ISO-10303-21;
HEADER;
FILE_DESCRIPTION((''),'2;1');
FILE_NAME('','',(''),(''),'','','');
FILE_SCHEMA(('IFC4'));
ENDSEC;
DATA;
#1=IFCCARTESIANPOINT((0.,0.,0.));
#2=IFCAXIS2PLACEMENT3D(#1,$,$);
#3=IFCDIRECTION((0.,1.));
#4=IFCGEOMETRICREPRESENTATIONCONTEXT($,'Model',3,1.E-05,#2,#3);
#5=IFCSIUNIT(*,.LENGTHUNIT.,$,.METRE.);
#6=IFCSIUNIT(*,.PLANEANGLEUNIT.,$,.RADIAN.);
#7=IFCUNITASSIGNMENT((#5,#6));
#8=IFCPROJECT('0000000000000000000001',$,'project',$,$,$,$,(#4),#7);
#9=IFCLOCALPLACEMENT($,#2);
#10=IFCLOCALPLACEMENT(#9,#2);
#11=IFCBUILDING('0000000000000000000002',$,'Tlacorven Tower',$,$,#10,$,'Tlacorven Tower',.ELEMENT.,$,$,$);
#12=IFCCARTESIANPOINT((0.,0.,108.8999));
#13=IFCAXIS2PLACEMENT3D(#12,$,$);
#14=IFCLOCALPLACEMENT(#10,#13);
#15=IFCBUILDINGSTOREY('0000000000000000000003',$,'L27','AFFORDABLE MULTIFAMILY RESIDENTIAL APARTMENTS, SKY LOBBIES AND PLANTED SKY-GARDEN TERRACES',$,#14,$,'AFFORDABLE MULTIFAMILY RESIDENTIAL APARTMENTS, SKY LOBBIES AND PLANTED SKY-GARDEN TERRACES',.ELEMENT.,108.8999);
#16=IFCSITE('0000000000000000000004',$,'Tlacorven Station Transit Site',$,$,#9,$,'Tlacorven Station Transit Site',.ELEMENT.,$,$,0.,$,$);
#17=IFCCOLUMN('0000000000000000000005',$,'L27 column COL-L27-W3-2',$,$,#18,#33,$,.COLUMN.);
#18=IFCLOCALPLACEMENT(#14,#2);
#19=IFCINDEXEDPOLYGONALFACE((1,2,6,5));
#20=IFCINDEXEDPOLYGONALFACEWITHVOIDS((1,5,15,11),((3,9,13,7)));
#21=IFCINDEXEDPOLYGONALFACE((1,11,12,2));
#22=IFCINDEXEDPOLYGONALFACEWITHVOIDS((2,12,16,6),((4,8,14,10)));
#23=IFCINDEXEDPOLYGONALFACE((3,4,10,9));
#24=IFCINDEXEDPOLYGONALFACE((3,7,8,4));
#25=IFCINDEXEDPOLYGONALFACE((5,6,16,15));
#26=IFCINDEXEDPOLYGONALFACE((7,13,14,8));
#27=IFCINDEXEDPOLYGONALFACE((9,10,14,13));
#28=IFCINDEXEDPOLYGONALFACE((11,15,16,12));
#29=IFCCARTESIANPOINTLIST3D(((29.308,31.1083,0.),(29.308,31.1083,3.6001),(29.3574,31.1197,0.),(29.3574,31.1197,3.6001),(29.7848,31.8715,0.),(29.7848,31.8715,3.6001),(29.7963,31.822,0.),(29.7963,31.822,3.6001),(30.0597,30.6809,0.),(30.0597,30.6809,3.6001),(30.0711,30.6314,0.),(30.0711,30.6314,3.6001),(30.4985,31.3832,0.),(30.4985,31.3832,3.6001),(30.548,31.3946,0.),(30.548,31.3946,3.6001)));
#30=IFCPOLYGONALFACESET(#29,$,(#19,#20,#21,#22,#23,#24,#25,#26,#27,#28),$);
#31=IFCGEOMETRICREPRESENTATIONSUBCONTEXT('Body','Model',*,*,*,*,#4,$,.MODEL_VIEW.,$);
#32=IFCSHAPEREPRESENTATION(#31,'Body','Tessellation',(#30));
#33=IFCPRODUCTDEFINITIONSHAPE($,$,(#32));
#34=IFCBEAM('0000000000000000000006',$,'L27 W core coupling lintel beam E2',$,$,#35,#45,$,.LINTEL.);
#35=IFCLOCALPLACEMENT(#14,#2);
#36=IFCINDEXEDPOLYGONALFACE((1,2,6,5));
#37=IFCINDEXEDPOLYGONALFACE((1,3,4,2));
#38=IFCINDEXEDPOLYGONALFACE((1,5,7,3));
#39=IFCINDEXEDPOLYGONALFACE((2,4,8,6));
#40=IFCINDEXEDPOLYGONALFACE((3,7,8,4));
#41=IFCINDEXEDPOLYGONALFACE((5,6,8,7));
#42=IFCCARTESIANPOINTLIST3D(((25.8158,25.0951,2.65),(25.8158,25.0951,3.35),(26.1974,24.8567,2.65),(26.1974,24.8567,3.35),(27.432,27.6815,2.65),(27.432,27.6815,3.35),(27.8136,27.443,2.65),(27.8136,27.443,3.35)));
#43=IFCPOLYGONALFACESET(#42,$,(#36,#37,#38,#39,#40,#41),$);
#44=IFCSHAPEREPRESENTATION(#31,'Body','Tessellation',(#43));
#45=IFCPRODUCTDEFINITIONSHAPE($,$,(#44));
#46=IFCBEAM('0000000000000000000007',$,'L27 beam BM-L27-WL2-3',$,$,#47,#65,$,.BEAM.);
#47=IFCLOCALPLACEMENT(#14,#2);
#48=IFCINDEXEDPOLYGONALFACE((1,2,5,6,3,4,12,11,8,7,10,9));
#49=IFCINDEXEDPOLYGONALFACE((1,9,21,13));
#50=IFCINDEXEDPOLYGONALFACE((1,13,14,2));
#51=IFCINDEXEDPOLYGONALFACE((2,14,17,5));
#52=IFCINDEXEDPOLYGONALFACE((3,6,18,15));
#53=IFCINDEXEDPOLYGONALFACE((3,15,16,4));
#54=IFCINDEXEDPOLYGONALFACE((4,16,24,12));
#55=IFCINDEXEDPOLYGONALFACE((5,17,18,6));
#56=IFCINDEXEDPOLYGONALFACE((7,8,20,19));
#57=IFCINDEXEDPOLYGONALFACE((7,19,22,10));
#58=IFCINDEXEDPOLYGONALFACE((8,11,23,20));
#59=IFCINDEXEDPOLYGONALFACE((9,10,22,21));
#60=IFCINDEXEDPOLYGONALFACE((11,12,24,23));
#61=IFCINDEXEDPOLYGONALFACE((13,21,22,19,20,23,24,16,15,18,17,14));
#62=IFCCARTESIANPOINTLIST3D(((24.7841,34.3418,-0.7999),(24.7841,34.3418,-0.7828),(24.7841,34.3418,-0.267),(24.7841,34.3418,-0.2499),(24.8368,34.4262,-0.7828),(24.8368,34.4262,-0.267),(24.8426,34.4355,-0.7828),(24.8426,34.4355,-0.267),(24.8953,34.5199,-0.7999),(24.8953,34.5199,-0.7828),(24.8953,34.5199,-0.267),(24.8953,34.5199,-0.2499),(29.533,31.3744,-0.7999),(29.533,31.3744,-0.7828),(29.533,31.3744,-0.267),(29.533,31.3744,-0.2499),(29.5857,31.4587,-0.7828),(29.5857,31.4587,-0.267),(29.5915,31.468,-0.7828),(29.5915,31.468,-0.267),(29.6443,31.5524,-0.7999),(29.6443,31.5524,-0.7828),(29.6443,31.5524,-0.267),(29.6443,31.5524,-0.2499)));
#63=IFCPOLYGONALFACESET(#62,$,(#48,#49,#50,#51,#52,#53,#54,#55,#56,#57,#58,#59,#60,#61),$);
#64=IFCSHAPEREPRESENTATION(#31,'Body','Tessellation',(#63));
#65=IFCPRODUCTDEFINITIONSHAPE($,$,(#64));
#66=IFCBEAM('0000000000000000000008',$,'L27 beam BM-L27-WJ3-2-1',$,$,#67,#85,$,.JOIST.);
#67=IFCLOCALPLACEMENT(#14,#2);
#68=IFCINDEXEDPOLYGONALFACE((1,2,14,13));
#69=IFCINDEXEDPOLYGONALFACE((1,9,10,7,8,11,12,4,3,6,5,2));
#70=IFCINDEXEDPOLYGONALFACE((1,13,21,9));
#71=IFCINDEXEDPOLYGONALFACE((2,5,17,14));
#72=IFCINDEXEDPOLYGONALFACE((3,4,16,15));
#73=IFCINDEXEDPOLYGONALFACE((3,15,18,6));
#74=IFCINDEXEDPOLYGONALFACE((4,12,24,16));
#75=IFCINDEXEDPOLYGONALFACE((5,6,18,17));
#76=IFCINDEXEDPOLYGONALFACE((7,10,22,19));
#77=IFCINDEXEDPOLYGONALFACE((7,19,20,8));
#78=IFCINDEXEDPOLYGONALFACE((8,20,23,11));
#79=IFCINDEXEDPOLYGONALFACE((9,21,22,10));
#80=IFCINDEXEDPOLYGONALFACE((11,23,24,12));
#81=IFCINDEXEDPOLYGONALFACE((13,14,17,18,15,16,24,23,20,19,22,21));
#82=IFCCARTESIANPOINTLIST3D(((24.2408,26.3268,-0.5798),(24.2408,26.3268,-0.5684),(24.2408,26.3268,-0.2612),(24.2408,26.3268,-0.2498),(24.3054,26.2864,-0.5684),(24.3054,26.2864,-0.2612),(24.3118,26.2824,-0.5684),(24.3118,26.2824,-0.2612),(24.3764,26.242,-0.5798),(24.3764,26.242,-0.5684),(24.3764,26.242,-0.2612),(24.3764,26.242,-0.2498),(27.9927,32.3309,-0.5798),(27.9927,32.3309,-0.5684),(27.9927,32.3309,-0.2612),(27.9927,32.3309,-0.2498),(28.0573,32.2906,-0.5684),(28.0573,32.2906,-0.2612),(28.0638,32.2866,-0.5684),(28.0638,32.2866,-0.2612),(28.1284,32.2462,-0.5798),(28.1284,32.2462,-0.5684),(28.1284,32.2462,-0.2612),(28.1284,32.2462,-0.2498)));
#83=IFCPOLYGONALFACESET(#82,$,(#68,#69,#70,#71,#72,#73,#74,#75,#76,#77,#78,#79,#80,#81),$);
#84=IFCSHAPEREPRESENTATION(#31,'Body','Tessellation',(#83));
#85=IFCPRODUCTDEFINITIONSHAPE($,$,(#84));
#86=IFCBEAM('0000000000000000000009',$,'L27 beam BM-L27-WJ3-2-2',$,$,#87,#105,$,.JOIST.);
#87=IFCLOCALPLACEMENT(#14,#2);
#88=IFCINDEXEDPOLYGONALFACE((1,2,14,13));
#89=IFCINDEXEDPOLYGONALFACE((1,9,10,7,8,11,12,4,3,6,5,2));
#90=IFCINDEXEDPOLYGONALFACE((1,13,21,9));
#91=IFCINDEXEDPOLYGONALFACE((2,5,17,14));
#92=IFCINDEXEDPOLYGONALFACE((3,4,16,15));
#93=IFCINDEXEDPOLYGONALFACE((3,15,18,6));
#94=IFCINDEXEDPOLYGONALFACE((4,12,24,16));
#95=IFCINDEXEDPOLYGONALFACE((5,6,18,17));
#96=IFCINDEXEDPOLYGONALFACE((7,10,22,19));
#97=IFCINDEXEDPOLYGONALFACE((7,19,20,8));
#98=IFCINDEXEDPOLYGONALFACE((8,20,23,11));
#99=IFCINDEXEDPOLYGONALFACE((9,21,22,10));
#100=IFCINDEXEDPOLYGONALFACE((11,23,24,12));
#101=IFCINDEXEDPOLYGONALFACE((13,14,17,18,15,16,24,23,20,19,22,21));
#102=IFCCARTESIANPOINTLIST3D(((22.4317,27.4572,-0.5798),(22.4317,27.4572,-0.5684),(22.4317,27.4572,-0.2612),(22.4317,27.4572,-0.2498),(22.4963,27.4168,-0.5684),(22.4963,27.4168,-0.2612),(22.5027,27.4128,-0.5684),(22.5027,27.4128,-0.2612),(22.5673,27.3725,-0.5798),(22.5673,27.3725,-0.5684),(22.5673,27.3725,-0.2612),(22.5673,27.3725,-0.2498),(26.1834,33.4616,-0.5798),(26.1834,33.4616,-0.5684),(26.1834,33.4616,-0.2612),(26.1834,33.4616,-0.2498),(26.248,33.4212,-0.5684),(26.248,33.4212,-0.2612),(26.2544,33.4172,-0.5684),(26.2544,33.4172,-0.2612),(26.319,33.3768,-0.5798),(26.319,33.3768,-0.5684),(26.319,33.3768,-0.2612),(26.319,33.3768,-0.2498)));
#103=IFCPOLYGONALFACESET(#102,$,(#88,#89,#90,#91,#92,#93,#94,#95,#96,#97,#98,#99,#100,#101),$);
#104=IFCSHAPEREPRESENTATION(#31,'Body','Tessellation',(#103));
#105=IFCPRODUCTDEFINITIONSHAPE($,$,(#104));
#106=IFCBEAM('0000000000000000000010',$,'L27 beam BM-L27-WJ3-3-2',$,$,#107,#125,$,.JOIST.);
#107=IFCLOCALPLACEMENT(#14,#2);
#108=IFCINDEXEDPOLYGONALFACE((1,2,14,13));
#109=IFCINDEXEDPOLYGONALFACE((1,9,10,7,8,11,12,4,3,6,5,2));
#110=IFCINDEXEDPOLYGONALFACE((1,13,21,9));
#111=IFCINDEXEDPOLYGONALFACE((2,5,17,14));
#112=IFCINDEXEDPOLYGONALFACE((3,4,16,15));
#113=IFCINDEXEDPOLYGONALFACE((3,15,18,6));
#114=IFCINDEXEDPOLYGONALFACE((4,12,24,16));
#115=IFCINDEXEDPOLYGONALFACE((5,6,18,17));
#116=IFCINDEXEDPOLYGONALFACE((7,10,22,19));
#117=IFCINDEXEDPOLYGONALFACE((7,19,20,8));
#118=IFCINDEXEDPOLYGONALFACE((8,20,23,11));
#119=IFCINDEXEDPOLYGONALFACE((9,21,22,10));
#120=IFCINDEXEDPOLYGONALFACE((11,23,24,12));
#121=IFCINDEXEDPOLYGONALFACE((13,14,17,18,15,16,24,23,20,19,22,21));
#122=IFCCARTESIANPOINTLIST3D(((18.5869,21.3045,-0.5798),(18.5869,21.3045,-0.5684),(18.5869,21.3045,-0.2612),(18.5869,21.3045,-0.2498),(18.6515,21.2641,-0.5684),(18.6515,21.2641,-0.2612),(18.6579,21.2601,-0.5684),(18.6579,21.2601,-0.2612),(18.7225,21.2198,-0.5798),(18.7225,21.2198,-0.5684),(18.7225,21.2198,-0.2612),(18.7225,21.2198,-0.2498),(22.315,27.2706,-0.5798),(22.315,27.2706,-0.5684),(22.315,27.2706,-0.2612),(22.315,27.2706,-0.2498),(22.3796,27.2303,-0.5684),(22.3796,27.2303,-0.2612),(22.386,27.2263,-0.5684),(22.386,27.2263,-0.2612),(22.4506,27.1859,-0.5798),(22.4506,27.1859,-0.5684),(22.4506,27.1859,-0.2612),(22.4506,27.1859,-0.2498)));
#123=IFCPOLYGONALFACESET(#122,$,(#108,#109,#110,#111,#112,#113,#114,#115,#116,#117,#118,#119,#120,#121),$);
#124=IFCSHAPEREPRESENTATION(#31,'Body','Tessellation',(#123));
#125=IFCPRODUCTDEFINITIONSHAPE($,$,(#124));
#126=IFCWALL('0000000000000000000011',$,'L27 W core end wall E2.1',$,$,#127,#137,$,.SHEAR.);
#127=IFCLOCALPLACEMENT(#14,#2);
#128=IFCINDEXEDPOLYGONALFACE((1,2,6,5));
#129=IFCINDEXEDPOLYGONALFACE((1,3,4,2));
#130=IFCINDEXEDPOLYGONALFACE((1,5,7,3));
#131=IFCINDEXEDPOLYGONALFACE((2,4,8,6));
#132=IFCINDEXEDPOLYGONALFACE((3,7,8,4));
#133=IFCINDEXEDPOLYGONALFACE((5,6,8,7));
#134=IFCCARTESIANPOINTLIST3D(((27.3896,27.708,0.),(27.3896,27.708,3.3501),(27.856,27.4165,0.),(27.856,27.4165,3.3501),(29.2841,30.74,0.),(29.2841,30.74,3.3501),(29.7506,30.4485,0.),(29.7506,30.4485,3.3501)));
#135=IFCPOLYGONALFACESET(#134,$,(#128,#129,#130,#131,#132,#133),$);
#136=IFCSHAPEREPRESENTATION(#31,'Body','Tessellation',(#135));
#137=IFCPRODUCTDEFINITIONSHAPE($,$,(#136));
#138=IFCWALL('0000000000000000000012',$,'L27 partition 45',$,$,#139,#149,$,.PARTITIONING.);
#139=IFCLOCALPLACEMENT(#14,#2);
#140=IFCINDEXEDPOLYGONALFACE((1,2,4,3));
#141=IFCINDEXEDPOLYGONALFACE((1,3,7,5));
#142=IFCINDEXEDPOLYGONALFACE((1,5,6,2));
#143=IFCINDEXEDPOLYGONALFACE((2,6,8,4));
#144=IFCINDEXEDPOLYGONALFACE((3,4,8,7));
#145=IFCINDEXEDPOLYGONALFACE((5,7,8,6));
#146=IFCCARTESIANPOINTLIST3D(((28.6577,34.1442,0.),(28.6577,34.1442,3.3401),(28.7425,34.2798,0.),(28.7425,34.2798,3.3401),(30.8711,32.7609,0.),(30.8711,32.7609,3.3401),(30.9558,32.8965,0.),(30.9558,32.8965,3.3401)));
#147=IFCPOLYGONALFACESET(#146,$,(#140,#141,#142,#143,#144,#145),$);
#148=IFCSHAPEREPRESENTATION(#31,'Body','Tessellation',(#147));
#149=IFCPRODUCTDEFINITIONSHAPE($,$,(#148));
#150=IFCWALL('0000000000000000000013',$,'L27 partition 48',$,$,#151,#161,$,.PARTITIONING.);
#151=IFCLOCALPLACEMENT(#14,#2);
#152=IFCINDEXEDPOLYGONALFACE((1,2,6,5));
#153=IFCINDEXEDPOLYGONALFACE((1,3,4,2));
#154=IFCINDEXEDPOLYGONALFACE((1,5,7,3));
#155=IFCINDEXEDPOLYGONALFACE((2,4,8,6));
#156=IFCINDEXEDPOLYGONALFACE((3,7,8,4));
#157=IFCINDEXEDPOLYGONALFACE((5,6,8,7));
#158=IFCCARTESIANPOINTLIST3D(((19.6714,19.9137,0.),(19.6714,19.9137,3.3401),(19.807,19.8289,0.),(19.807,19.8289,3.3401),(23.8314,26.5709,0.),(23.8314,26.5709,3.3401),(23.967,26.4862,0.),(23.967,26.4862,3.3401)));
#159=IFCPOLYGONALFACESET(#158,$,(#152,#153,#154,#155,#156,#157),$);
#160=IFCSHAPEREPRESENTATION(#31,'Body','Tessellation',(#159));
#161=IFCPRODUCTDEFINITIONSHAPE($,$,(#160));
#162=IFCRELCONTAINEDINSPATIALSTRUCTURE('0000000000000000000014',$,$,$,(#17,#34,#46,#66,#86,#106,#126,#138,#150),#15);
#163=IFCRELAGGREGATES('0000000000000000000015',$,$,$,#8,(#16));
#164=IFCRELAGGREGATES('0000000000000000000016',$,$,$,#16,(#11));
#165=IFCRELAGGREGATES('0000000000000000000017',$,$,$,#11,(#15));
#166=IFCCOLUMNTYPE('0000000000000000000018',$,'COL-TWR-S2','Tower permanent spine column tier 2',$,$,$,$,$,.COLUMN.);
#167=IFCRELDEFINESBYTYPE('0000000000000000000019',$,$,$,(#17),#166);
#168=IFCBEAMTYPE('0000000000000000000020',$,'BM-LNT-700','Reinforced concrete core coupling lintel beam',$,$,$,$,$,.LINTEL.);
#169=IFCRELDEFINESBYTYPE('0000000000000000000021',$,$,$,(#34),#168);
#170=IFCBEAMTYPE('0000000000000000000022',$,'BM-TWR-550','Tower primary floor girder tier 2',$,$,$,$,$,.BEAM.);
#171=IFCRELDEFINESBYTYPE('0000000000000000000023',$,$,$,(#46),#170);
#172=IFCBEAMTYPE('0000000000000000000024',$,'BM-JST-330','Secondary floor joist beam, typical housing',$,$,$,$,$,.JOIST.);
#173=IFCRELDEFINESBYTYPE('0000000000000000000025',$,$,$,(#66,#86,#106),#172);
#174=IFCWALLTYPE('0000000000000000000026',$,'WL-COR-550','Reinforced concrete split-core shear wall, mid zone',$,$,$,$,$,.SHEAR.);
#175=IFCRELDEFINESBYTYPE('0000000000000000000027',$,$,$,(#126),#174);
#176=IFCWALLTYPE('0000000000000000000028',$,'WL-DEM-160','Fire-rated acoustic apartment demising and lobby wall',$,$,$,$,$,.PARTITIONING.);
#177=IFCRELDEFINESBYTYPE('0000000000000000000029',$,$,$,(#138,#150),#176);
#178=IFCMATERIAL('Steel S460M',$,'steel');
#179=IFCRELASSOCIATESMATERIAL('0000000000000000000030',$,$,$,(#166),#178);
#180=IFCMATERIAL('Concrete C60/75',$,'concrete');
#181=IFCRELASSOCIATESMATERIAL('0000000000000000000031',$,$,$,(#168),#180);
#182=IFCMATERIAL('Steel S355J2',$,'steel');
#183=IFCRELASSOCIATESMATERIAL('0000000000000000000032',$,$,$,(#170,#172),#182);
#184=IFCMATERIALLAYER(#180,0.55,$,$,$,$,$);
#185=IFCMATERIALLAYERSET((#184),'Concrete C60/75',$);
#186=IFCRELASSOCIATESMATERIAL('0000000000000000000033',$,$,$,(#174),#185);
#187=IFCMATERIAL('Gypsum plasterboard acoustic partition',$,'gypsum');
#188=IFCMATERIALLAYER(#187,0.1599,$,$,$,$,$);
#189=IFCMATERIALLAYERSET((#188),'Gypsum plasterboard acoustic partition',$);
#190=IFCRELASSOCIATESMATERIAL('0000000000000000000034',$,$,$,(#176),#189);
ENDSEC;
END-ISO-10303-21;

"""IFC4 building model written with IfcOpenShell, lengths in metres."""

from ifc_helpers import new_model, si_unit, direction, frame, frame_2d, origin, origin_2d, place, context, subcontext, project, spatial, rectangle, hollow_rectangle, i_section, extrude, source, transform, mapped, material, layer, layer_set, material_profile, profile_set, type_object, element, save


model = new_model("IFC4")

# Units and contexts
model_context = context("Model", 3, precision=1e-05, world=origin(), true_north=direction((0.0, 1.0)))
body_context = subcontext(model_context, "Body", "Model", "MODEL_VIEW")
ifc_project = project(units=[si_unit("LENGTHUNIT", "METRE"), si_unit("PLANEANGLEUNIT", "RADIAN")], contexts=[model_context])

# Site, building, storey
site_placement = place(None, origin())
site = spatial("IfcSite", under=ifc_project, at=site_placement, Name="Tlacorven Station Transit Site", LongName="Tlacorven Station Transit Site", CompositionType="ELEMENT", RefElevation=0.0)
building_placement = place(site_placement, origin())
building = spatial("IfcBuilding", under=site, at=building_placement, Name="Tlacorven Tower", LongName="Tlacorven Tower", CompositionType="ELEMENT")
storey_placement = place(building_placement, frame((0.0, 0.0, 108.8999)))
storey = spatial("IfcBuildingStorey", under=building, at=storey_placement, Name="L27", Description="AFFORDABLE MULTIFAMILY RESIDENTIAL APARTMENTS, SKY LOBBIES AND PLANTED SKY-GARDEN TERRACES", LongName="AFFORDABLE MULTIFAMILY RESIDENTIAL APARTMENTS, SKY LOBBIES AND PLANTED SKY-GARDEN TERRACES", CompositionType="ELEMENT", Elevation=108.8999)

# Column
ifc_material_1 = material(Name="Steel S460M", Category="steel")
ifc_material_profile_1 = material_profile(ifc_material_1, hollow_rectangle(XDim=0.8999, YDim=0.8999, WallThickness=0.0359, at=origin_2d()), Name="BOX 900X900X36")
ifc_profile_set_1 = profile_set([ifc_material_profile_1], Name="Steel S460M")
column_type = type_object("IfcColumnType", Name="COL-TWR-S2", Description="Tower permanent spine column tier 2", PredefinedType="COLUMN", material=ifc_profile_set_1)
shared_shape_1 = source(origin(), body_context, "Body", "SweptSolid", [
    extrude(hollow_rectangle(XDim=0.8999, YDim=0.8999, WallThickness=0.0359, at=origin_2d()), origin(), (0.0, 0.0, 1.0), 3.6001),
])
column_placement = place(storey_placement, frame((29.928, 31.2515, 0.0), z_axis=(0.0, 0.0, 1.0), x_axis=(-0.848048, 0.529919, 0.0)))
element("IfcColumn", 1, at=column_placement, inside=storey, type_object=column_type, Name="L27 column COL-L27-W3-2", PredefinedType="COLUMN", context=body_context, shape_type="MappedRepresentation", body=[
    mapped(shared_shape_1, transform((0.0, 0.0, 0.0), scale=1.0)),
])

# Beams
ifc_material_2 = material(Name="Concrete C60/75", Category="concrete")
ifc_material_profile_2 = material_profile(ifc_material_2, rectangle(XDim=0.45, YDim=0.7, at=origin_2d()), Name="RC 450X700")
ifc_profile_set_2 = profile_set([ifc_material_profile_2], Name="Concrete C60/75")
beam_type_1 = type_object("IfcBeamType", Name="BM-LNT-700", Description="Reinforced concrete core coupling lintel beam", PredefinedType="LINTEL", material=ifc_profile_set_2)
shared_shape_2 = source(origin(), body_context, "Body", "SweptSolid", [
    extrude(rectangle(XDim=0.45, YDim=0.7, at=origin_2d()), origin(), (0.0, 0.0, 1.0), 3.0498),
])
beam_1_placement = place(storey_placement, frame((27.6228, 27.5623, 3.0), z_axis=(-0.529927, -0.848043, 0.0), x_axis=(0.848043, -0.529927, 0.0)))
element("IfcBeam", 2, at=beam_1_placement, inside=storey, type_object=beam_type_1, Name="L27 W core coupling lintel beam E2", PredefinedType="LINTEL", context=body_context, shape_type="MappedRepresentation", body=[
    mapped(shared_shape_2, transform((0.0, 0.0, 0.0), scale=1.0)),
])
ifc_material_3 = material(Name="Steel S355J2", Category="steel")
ifc_material_profile_3 = material_profile(ifc_material_3, i_section(OverallWidth=0.21, OverallDepth=0.55, WebThickness=0.011, FlangeThickness=0.0171, at=origin_2d()), Name="IPE 550")
ifc_profile_set_3 = profile_set([ifc_material_profile_3], Name="Steel S355J2")
beam_type_2 = type_object("IfcBeamType", Name="BM-TWR-550", Description="Tower primary floor girder tier 2", PredefinedType="BEAM", material=ifc_profile_set_3)
shared_shape_3 = source(origin(), body_context, "Body", "SweptSolid", [
    extrude(i_section(OverallWidth=0.21, OverallDepth=0.55, WebThickness=0.011, FlangeThickness=0.0171, at=origin_2d()), origin(), (0.0, 0.0, 1.0), 5.5999),
])
beam_2_placement = place(storey_placement, frame((29.5886, 31.4634, -0.5249), z_axis=(-0.848047, 0.529921, 0.0), x_axis=(-0.529921, -0.848047, 0.0)))
element("IfcBeam", 3, at=beam_2_placement, inside=storey, type_object=beam_type_2, Name="L27 beam BM-L27-WL2-3", PredefinedType="BEAM", context=body_context, shape_type="MappedRepresentation", body=[
    mapped(shared_shape_3, transform((0.0, 0.0, 0.0), scale=1.0)),
])
ifc_material_profile_4 = material_profile(ifc_material_3, i_section(OverallWidth=0.1599, OverallDepth=0.3301, WebThickness=0.0076, FlangeThickness=0.0115, at=origin_2d()), Name="IPE 330")
ifc_profile_set_4 = profile_set([ifc_material_profile_4], Name="Steel S355J2")
beam_type_3 = type_object("IfcBeamType", Name="BM-JST-330", Description="Secondary floor joist beam, typical housing", PredefinedType="JOIST", material=ifc_profile_set_4)
shared_shape_4 = source(origin(), body_context, "Body", "SweptSolid", [
    extrude(i_section(OverallWidth=0.1599, OverallDepth=0.3301, WebThickness=0.0076, FlangeThickness=0.0115, at=origin_2d()), origin(), (0.0, 0.0, 1.0), 7.0801),
])
for number, where, z_axis, x_axis, name in (
    (4, (28.0605, 32.2886, -0.4148), (-0.529934, -0.848039, 0.0), (0.848039, -0.529934, 0.0), "L27 beam BM-L27-WJ3-2-1"),
    (5, (26.2512, 33.4192, -0.4148), (-0.529894, -0.848064, 0.0), (0.848064, -0.529894, 0.0), "L27 beam BM-L27-WJ3-2-2"),
):
    element("IfcBeam", number, at=place(storey_placement, frame(where, z_axis=z_axis, x_axis=x_axis)), inside=storey, type_object=beam_type_3, Name=name, PredefinedType="JOIST", context=body_context, shape_type="MappedRepresentation", body=[
        mapped(shared_shape_4, transform((0.0, 0.0, 0.0), scale=1.0)),
    ])
shared_shape_5 = source(origin(), body_context, "Body", "SweptSolid", [
    extrude(i_section(OverallWidth=0.1599, OverallDepth=0.3301, WebThickness=0.0076, FlangeThickness=0.0115, at=origin_2d()), origin(), (0.0, 0.0, 1.0), 7.0352),
])
beam_3_placement = place(storey_placement, frame((22.3828, 27.2283, -0.4148), z_axis=(-0.529921, -0.848047, 0.0), x_axis=(0.848047, -0.529921, 0.0)))
element("IfcBeam", 6, at=beam_3_placement, inside=storey, type_object=beam_type_3, Name="L27 beam BM-L27-WJ3-3-2", PredefinedType="JOIST", context=body_context, shape_type="MappedRepresentation", body=[
    mapped(shared_shape_5, transform((0.0, 0.0, 0.0), scale=1.0)),
])

# Walls
ifc_layer_1 = layer(ifc_material_2, 0.55)
ifc_layer_set_1 = layer_set([ifc_layer_1], Name="Concrete C60/75")
wall_type_1 = type_object("IfcWallType", Name="WL-COR-550", Description="Reinforced concrete split-core shear wall, mid zone", PredefinedType="SHEAR", material=ifc_layer_set_1)
wall_1_placement = place(storey_placement, frame((29.5173, 30.5942, 0.0), z_axis=(0.0, 0.0, 1.0), x_axis=(-0.529907, -0.848056, 0.0)))
element("IfcWall", 7, at=wall_1_placement, inside=storey, type_object=wall_type_1, Name="L27 W core end wall E2.1", PredefinedType="SHEAR", context=body_context, shape_type="SweptSolid", body=[
    extrude(rectangle(XDim=3.5752, YDim=0.55, at=frame_2d((1.7876, 0.0))), origin(), (0.0, 0.0, 1.0), 3.3501),
])
ifc_material_4 = material(Name="Gypsum plasterboard acoustic partition", Category="gypsum")
ifc_layer_2 = layer(ifc_material_4, 0.1599)
ifc_layer_set_2 = layer_set([ifc_layer_2], Name="Gypsum plasterboard acoustic partition")
wall_type_2 = type_object("IfcWallType", Name="WL-DEM-160", Description="Fire-rated acoustic apartment demising and lobby wall", PredefinedType="PARTITIONING", material=ifc_layer_set_2)
wall_2_placement = place(storey_placement, frame((30.9136, 32.8286, 0.0), z_axis=(0.0, 0.0, 1.0), x_axis=(-0.848009, 0.529982, 0.0)))
element("IfcWall", 8, at=wall_2_placement, inside=storey, type_object=wall_type_2, Name="L27 partition 45", PredefinedType="PARTITIONING", context=body_context, shape_type="SweptSolid", body=[
    extrude(rectangle(XDim=2.6101, YDim=0.1599, at=frame_2d((1.3052, 0.0))), origin(), (0.0, 0.0, 1.0), 3.3401),
])
wall_3_placement = place(storey_placement, frame((23.8992, 26.5286, 0.0), z_axis=(0.0, 0.0, 1.0), x_axis=(-0.529921, -0.848047, 0.0)))
element("IfcWall", 9, at=wall_3_placement, inside=storey, type_object=wall_type_2, Name="L27 partition 48", PredefinedType="PARTITIONING", context=body_context, shape_type="SweptSolid", body=[
    extrude(rectangle(XDim=7.8501, YDim=0.1599, at=frame_2d((3.925, 0.0))), origin(), (0.0, 0.0, 1.0), 3.3401),
])

save(model, "model.ifc")
